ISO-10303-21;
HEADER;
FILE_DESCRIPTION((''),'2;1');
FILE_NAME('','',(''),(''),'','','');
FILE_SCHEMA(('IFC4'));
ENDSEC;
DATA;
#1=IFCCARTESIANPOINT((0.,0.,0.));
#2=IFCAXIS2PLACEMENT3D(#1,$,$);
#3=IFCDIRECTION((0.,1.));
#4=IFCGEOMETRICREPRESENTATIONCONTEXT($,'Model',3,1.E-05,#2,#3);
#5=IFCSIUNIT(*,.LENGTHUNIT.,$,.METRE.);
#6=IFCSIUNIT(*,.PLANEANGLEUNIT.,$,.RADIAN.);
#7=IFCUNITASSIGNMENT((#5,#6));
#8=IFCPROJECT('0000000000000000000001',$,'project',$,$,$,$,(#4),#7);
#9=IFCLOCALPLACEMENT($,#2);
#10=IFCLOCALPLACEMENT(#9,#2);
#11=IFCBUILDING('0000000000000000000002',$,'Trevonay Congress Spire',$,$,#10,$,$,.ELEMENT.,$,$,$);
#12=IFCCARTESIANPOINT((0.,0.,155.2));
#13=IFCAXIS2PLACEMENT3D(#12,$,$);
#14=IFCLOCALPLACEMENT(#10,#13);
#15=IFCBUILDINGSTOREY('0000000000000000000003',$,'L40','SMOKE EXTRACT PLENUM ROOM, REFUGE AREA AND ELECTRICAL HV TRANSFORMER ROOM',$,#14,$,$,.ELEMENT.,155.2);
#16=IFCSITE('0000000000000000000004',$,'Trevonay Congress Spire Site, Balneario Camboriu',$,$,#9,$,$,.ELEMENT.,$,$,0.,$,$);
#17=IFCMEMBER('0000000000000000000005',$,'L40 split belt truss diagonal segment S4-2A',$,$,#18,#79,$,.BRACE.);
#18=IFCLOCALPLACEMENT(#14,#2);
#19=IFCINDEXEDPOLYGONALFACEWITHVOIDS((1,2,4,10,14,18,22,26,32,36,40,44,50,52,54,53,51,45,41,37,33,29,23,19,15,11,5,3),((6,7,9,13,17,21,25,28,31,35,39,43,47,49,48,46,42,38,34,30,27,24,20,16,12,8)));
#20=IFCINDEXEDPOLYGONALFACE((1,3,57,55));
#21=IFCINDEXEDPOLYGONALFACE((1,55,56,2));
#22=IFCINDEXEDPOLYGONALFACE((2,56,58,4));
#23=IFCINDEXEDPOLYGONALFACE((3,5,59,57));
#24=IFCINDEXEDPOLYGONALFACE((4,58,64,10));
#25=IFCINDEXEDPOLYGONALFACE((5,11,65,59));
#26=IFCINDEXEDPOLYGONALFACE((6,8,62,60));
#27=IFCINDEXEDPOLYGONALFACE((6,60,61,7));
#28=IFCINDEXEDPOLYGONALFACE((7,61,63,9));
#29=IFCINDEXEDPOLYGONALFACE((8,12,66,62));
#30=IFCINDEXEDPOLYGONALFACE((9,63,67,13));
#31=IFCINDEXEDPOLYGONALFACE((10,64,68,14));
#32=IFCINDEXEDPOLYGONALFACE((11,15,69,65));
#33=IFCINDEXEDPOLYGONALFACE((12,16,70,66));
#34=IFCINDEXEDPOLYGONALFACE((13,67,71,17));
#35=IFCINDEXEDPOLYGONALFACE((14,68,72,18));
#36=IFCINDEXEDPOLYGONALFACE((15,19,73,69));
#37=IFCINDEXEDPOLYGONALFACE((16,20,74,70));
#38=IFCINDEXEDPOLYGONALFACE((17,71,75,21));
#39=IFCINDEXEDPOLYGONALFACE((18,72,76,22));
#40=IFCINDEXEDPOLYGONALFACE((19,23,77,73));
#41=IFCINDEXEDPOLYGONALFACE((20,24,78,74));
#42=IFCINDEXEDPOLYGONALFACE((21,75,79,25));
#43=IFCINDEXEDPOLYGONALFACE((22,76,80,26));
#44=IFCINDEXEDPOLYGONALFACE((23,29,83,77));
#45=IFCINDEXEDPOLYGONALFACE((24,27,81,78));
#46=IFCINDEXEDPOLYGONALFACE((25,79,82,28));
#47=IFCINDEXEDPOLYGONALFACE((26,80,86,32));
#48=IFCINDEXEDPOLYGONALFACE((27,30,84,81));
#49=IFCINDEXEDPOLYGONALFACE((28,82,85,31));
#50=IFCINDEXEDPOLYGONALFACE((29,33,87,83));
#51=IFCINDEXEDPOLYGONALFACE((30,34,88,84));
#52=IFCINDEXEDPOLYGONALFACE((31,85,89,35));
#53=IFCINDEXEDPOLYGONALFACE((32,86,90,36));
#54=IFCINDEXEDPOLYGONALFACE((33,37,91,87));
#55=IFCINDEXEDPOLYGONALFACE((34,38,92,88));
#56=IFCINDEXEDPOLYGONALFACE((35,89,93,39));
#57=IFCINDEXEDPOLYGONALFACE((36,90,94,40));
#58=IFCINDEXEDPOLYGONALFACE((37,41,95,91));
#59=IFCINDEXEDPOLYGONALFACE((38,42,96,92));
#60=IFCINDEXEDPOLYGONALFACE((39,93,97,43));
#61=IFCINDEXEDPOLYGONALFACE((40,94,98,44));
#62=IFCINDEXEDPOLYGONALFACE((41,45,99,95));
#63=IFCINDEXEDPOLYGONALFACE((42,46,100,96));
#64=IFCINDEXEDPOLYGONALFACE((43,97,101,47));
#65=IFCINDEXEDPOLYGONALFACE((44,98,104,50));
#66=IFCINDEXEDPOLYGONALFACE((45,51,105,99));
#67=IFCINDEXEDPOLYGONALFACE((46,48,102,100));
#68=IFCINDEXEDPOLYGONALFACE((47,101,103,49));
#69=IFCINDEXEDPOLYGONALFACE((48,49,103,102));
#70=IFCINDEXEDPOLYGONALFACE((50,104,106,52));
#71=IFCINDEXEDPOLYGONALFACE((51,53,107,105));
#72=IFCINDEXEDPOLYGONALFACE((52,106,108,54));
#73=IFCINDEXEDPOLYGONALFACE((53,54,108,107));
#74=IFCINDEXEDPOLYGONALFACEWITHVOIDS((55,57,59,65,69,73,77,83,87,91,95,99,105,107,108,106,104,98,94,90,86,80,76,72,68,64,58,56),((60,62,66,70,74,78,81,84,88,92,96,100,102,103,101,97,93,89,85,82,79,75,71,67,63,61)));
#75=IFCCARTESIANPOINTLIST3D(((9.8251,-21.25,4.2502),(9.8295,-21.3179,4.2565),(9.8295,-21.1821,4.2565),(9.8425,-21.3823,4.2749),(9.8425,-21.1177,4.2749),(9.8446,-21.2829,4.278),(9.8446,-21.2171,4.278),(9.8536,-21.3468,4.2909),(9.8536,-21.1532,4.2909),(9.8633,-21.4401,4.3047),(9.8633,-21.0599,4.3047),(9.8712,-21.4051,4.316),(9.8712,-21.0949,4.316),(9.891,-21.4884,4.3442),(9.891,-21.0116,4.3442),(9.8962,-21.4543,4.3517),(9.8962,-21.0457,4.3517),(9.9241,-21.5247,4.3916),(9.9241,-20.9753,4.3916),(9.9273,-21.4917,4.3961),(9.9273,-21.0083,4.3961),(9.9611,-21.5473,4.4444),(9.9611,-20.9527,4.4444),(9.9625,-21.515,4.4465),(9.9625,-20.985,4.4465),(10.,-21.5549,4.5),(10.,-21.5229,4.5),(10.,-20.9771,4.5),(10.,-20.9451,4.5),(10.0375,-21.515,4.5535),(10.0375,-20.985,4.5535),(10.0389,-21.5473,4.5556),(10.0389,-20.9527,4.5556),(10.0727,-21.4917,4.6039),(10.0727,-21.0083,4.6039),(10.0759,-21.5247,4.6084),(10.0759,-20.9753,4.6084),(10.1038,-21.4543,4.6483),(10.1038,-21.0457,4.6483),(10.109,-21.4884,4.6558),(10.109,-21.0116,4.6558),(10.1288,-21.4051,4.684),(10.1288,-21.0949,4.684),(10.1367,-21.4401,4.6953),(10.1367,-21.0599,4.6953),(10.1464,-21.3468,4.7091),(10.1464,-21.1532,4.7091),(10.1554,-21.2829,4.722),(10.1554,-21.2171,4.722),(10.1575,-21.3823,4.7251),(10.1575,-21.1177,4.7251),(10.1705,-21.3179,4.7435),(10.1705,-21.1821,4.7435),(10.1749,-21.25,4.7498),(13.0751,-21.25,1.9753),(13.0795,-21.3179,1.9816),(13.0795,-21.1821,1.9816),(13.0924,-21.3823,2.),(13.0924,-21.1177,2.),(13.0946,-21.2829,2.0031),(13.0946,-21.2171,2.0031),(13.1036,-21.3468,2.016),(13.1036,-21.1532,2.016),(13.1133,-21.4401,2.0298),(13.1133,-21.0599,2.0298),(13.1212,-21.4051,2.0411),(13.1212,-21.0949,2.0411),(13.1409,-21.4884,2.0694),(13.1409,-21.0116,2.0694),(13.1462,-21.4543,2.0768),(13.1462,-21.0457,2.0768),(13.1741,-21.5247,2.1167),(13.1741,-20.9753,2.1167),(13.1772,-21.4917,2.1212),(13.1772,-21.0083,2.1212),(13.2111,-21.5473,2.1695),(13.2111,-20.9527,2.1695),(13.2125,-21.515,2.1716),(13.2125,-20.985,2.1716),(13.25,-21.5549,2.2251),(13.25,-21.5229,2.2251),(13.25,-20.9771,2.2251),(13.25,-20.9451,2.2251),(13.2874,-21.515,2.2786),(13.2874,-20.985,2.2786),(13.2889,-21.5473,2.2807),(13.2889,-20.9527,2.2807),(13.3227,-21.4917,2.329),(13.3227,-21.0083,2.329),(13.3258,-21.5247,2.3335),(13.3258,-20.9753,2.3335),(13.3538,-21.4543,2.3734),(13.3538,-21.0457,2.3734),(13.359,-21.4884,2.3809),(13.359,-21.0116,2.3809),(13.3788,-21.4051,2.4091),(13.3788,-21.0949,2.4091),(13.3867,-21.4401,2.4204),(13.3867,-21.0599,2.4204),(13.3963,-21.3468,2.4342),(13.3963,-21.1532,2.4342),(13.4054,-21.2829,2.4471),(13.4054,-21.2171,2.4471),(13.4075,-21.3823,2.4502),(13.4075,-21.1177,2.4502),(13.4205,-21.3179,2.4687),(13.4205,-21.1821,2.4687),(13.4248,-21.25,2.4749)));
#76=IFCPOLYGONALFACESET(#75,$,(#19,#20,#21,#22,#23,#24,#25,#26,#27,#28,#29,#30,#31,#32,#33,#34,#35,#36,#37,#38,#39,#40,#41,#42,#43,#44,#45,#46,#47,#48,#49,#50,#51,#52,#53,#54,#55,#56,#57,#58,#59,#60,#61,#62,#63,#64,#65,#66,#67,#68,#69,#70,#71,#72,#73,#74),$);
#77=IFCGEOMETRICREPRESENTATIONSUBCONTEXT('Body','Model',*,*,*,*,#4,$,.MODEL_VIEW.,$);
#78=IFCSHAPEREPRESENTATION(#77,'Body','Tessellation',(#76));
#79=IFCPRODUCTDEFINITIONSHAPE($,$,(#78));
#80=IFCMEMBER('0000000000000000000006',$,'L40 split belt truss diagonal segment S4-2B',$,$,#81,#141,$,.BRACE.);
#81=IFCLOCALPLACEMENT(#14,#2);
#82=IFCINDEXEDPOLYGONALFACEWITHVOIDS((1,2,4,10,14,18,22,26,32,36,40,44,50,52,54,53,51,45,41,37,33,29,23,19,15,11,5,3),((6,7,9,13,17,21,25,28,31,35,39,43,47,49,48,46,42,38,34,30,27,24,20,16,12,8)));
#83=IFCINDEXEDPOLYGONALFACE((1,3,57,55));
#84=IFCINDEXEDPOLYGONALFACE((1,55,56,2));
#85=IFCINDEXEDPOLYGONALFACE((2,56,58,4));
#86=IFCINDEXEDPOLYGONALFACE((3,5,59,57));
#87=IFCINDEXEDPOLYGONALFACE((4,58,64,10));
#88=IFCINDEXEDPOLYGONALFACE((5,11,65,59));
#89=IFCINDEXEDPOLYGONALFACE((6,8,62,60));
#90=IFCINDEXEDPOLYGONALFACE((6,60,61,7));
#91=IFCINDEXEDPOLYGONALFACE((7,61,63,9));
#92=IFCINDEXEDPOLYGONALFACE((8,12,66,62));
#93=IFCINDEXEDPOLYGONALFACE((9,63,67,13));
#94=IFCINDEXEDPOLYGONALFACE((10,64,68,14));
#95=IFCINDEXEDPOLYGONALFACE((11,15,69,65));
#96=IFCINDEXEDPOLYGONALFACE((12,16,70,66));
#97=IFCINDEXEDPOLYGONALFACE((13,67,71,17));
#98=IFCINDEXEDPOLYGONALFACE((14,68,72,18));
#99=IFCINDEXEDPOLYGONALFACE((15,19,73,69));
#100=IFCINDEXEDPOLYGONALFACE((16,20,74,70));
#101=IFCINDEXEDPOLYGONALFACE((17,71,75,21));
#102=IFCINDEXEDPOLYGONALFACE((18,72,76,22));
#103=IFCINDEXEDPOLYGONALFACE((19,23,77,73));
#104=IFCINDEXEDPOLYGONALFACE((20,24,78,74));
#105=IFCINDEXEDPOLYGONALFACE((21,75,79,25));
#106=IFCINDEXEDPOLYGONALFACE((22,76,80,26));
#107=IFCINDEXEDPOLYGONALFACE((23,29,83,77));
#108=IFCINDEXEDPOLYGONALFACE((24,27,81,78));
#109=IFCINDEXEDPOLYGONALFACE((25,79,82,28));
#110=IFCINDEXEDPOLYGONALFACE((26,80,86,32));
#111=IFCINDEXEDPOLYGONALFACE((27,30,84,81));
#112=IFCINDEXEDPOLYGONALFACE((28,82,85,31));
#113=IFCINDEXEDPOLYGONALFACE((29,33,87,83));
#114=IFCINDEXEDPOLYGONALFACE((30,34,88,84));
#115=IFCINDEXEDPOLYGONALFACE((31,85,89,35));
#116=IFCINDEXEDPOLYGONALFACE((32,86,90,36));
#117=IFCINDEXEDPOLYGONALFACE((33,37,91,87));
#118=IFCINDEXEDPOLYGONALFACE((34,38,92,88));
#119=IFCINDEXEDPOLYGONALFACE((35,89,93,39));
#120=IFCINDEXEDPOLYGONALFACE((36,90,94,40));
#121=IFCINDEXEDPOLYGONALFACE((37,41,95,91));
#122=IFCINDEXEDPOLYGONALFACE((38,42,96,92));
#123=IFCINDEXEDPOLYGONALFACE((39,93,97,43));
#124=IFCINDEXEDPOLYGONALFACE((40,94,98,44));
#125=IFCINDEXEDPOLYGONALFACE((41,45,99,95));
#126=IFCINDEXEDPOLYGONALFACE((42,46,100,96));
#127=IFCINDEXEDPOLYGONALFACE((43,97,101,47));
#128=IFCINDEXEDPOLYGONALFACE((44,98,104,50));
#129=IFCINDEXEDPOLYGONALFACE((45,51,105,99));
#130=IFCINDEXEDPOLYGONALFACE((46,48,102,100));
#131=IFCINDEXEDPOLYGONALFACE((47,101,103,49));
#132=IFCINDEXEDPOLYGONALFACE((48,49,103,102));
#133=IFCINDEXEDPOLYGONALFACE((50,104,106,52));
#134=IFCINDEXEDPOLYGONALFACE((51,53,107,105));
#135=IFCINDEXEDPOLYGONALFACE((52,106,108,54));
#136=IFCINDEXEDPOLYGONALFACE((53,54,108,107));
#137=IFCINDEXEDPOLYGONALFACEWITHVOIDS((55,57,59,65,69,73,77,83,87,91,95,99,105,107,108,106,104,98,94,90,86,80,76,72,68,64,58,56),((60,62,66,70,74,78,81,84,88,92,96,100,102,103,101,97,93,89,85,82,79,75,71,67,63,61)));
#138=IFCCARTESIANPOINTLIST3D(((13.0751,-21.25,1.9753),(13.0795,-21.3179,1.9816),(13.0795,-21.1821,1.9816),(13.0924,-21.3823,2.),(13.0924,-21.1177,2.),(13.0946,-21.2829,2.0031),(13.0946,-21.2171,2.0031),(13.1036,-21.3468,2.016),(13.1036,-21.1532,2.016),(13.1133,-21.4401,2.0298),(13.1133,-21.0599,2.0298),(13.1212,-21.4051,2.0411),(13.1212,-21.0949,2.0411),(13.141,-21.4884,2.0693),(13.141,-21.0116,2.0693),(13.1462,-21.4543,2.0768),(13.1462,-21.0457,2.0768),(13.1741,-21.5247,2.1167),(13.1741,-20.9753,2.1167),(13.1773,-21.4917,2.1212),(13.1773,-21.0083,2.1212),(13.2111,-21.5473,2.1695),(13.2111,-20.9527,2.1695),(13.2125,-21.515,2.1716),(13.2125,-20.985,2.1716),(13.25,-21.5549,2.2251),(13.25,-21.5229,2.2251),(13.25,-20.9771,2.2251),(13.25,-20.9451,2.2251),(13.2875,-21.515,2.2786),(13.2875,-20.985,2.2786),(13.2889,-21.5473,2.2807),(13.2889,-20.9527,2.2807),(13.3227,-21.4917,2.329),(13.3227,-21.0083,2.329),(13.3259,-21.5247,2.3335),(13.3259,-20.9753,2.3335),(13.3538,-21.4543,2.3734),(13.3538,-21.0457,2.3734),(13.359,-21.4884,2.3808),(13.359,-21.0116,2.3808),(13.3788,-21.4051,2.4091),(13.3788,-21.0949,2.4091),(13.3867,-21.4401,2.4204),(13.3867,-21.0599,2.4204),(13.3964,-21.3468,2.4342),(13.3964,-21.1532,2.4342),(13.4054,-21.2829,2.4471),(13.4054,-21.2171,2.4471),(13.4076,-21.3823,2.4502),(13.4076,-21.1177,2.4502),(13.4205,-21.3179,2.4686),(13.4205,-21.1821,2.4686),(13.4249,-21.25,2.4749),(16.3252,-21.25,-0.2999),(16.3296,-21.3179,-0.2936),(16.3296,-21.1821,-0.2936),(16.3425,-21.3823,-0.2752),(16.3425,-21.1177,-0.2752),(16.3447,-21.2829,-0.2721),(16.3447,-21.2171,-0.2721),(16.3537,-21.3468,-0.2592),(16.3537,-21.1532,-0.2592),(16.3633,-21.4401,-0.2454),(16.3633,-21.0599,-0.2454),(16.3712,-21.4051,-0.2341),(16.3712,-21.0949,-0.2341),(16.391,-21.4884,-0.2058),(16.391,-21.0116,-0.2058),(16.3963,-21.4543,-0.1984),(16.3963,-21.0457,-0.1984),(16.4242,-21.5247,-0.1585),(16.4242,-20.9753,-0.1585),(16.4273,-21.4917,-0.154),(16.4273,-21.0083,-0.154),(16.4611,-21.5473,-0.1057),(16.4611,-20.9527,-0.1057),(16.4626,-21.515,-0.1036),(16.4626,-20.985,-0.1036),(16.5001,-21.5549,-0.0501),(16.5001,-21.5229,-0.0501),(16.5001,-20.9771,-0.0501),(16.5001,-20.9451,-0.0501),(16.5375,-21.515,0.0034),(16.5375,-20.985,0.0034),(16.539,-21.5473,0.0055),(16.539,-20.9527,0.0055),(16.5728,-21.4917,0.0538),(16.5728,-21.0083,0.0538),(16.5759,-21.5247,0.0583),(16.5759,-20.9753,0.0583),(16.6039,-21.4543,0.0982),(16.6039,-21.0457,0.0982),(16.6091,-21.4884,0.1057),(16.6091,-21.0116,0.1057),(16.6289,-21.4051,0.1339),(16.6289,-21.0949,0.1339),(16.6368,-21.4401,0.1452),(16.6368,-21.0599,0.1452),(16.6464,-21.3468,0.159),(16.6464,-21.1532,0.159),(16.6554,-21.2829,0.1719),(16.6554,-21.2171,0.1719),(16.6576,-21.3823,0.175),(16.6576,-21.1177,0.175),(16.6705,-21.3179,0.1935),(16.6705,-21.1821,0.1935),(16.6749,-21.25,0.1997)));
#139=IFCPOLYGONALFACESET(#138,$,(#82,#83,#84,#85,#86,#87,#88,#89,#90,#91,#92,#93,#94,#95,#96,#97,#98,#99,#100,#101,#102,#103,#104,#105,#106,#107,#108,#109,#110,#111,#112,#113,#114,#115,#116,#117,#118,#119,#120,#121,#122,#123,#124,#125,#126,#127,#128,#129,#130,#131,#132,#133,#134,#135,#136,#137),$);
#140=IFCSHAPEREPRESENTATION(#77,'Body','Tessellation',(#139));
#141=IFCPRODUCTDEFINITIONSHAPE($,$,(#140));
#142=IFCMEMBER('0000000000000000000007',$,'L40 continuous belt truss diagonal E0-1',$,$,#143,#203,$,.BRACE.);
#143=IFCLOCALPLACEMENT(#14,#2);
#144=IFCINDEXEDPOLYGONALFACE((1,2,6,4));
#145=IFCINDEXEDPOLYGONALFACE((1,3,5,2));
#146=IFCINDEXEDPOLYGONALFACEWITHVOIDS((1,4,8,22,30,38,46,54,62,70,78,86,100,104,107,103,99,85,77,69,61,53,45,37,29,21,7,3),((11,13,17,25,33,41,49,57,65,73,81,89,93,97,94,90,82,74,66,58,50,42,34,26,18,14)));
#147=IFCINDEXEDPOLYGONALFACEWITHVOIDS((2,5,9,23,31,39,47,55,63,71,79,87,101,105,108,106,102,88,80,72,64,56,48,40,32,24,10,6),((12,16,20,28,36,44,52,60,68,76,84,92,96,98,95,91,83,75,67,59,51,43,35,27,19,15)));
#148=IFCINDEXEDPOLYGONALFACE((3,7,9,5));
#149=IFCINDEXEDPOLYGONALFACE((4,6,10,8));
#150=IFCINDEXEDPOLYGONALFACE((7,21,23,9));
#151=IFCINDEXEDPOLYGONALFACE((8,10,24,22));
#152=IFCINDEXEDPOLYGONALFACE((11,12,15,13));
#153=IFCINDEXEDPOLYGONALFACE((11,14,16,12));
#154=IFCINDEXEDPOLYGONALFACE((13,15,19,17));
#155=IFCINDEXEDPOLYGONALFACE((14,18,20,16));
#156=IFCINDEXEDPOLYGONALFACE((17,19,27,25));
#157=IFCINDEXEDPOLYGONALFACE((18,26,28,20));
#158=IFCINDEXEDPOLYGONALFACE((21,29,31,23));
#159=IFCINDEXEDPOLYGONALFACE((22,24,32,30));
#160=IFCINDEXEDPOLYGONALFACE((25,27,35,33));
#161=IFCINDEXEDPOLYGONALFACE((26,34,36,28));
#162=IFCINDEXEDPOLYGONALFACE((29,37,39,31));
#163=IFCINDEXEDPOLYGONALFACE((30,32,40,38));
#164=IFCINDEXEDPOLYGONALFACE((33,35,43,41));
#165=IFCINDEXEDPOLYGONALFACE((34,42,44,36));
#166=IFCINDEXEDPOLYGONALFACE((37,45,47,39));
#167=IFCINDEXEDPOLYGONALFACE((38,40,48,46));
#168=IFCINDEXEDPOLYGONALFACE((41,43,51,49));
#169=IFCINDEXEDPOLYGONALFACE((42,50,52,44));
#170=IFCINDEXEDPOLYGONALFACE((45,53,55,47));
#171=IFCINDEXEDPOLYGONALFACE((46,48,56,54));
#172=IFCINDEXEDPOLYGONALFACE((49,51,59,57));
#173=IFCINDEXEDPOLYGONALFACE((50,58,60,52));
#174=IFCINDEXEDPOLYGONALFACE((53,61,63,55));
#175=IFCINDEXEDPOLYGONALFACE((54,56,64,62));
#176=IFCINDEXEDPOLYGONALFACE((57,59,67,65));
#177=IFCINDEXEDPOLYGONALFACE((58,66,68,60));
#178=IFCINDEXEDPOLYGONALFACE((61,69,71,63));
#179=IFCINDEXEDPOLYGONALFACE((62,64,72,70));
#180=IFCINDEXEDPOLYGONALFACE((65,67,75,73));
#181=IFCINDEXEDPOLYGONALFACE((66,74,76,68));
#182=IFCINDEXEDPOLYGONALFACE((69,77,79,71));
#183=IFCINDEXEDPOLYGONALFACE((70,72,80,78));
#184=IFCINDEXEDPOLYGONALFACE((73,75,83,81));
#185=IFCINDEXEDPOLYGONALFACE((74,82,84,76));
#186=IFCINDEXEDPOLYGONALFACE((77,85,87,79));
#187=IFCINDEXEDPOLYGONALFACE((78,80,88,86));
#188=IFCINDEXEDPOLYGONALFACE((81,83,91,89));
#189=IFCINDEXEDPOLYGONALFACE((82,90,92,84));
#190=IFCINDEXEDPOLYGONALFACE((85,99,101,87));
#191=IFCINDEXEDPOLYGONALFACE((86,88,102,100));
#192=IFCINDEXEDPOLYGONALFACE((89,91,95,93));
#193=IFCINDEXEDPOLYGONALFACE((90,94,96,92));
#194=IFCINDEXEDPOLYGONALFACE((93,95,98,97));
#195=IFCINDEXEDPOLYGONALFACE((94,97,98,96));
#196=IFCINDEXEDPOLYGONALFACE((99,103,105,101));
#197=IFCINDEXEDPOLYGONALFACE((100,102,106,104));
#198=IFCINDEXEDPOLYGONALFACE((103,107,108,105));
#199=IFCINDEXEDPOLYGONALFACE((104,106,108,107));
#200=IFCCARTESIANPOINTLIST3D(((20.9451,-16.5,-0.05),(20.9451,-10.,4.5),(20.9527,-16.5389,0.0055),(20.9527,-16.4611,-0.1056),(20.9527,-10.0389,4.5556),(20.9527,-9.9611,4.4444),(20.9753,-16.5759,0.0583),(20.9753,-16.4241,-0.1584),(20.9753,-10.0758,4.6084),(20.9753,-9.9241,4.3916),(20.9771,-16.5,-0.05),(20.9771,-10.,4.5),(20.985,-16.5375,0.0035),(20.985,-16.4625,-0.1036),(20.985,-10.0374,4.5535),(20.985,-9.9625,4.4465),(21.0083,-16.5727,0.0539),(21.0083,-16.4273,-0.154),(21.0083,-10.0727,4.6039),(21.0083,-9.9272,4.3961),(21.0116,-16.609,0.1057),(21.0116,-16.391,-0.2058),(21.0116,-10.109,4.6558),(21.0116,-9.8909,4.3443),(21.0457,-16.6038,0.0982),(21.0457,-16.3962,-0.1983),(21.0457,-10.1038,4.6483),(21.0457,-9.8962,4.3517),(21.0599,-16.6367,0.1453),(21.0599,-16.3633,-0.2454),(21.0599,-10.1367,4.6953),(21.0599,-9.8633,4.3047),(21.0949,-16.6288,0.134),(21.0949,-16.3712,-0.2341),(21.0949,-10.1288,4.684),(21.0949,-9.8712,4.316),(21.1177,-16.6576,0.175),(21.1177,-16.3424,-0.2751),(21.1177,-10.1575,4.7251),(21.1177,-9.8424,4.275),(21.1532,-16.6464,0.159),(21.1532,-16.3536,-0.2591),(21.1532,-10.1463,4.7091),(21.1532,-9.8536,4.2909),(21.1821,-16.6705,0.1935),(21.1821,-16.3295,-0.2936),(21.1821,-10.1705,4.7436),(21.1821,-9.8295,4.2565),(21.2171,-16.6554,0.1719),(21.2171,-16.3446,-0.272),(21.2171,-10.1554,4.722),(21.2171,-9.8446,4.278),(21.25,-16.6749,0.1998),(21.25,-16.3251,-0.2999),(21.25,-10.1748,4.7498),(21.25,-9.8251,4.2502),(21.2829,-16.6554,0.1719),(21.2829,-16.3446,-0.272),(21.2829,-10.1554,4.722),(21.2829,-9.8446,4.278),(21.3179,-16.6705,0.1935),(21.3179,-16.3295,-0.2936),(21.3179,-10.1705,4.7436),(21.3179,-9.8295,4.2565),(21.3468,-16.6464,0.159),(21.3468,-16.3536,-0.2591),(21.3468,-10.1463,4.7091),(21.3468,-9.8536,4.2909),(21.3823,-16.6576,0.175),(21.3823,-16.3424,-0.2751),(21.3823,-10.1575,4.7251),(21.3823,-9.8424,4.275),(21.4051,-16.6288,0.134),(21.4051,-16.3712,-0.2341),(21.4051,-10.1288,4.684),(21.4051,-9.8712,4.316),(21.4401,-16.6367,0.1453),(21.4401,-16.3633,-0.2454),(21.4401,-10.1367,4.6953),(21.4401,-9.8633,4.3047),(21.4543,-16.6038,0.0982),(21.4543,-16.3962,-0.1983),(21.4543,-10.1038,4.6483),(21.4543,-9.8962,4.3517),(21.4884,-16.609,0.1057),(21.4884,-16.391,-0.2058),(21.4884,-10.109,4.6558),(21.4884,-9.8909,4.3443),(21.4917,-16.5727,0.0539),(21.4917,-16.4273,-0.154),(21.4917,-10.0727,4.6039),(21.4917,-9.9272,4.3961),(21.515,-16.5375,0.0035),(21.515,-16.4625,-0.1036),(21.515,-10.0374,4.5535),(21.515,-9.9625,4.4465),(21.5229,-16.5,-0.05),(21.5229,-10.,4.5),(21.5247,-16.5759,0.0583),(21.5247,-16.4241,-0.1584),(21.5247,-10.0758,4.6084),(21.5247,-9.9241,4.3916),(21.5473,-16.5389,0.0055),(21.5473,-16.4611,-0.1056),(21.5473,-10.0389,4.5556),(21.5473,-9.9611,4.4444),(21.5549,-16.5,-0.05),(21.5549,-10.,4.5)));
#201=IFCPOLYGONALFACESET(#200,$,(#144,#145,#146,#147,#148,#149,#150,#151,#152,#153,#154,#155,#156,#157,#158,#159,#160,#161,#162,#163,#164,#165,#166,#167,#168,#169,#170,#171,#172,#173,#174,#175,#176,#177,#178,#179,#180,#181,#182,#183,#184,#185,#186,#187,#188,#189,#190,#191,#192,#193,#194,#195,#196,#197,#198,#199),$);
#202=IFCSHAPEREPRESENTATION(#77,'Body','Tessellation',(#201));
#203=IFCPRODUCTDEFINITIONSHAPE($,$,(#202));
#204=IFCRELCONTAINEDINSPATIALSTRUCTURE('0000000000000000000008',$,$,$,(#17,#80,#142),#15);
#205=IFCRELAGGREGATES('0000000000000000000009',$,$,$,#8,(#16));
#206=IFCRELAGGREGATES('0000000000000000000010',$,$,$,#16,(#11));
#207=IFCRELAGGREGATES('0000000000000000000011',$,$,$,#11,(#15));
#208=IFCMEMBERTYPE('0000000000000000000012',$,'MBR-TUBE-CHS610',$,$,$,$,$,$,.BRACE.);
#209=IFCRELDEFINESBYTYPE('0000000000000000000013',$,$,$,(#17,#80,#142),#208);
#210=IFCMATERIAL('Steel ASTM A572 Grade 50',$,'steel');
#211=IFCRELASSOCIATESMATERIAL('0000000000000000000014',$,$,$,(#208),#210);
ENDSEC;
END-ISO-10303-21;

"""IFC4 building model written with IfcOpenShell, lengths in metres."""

from ifc_helpers import new_model, si_unit, direction, frame, origin, origin_2d, place, context, subcontext, project, spatial, hollow_circle, extrude, material, material_profile, profile_set, type_object, element, save


model = new_model("IFC4")

# Units and contexts
model_context = context("Model", 3, precision=1e-05, world=origin(), true_north=direction((0.0, 1.0)))
body_context = subcontext(model_context, "Body", "Model", "MODEL_VIEW")
ifc_project = project(units=[si_unit("LENGTHUNIT", "METRE"), si_unit("PLANEANGLEUNIT", "RADIAN")], contexts=[model_context])

# Site, building, storey
site_placement = place(None, origin())
site = spatial("IfcSite", under=ifc_project, at=site_placement, Name="Trevonay Congress Spire Site, Balneario Camboriu", CompositionType="ELEMENT", RefElevation=0.0)
building_placement = place(site_placement, origin())
building = spatial("IfcBuilding", under=site, at=building_placement, Name="Trevonay Congress Spire", CompositionType="ELEMENT")
storey_placement = place(building_placement, frame((0.0, 0.0, 155.2)))
storey = spatial("IfcBuildingStorey", under=building, at=storey_placement, Name="L40", Description="SMOKE EXTRACT PLENUM ROOM, REFUGE AREA AND ELECTRICAL HV TRANSFORMER ROOM", CompositionType="ELEMENT", Elevation=155.2)

# Shared definitions
ifc_material_1 = material(Name="Steel ASTM A572 Grade 50", Category="steel")

# Members
ifc_material_profile_1 = material_profile(ifc_material_1, hollow_circle(Radius=0.3049, WallThickness=0.032, at=origin_2d()), Name="CHS 610x32")
ifc_profile_set_1 = profile_set([ifc_material_profile_1], Name="Steel ASTM A572 Grade 50")
member_type = type_object("IfcMemberType", Name="MBR-TUBE-CHS610", PredefinedType="BRACE", material=ifc_profile_set_1)
member_1_placement = place(storey_placement, frame((10.0, -21.25, 4.5), z_axis=(0.819243, 0.0, -0.573446), x_axis=(0.0, 1.0, 0.0)))
element("IfcMember", 1, at=member_1_placement, inside=storey, type_object=member_type, Name="L40 split belt truss diagonal segment S4-2A", PredefinedType="BRACE", context=body_context, shape_type="SweptSolid", body=[
    extrude(hollow_circle(Radius=0.3049, WallThickness=0.032, at=origin_2d()), origin(), (0.0, 0.0, 1.0), 3.967),
])
member_2_placement = place(storey_placement, frame((13.25, -21.25, 2.2251), z_axis=(0.819215, 0.0, -0.573487), x_axis=(0.0, 1.0, 0.0)))
element("IfcMember", 2, at=member_2_placement, inside=storey, type_object=member_type, Name="L40 split belt truss diagonal segment S4-2B", PredefinedType="BRACE", context=body_context, shape_type="SweptSolid", body=[
    extrude(hollow_circle(Radius=0.3049, WallThickness=0.032, at=origin_2d()), origin(), (0.0, 0.0, 1.0), 3.9673),
])
member_3_placement = place(storey_placement, frame((21.25, -16.5, -0.05), z_axis=(0.0, 0.819229, 0.573466), x_axis=(-1.0, 0.0, 0.0)))
element("IfcMember", 3, at=member_3_placement, inside=storey, type_object=member_type, Name="L40 continuous belt truss diagonal E0-1", PredefinedType="BRACE", context=body_context, shape_type="SweptSolid", body=[
    extrude(hollow_circle(Radius=0.3049, WallThickness=0.032, at=origin_2d()), origin(), (0.0, 0.0, 1.0), 7.9343),
])

save(model, "model.ifc")
